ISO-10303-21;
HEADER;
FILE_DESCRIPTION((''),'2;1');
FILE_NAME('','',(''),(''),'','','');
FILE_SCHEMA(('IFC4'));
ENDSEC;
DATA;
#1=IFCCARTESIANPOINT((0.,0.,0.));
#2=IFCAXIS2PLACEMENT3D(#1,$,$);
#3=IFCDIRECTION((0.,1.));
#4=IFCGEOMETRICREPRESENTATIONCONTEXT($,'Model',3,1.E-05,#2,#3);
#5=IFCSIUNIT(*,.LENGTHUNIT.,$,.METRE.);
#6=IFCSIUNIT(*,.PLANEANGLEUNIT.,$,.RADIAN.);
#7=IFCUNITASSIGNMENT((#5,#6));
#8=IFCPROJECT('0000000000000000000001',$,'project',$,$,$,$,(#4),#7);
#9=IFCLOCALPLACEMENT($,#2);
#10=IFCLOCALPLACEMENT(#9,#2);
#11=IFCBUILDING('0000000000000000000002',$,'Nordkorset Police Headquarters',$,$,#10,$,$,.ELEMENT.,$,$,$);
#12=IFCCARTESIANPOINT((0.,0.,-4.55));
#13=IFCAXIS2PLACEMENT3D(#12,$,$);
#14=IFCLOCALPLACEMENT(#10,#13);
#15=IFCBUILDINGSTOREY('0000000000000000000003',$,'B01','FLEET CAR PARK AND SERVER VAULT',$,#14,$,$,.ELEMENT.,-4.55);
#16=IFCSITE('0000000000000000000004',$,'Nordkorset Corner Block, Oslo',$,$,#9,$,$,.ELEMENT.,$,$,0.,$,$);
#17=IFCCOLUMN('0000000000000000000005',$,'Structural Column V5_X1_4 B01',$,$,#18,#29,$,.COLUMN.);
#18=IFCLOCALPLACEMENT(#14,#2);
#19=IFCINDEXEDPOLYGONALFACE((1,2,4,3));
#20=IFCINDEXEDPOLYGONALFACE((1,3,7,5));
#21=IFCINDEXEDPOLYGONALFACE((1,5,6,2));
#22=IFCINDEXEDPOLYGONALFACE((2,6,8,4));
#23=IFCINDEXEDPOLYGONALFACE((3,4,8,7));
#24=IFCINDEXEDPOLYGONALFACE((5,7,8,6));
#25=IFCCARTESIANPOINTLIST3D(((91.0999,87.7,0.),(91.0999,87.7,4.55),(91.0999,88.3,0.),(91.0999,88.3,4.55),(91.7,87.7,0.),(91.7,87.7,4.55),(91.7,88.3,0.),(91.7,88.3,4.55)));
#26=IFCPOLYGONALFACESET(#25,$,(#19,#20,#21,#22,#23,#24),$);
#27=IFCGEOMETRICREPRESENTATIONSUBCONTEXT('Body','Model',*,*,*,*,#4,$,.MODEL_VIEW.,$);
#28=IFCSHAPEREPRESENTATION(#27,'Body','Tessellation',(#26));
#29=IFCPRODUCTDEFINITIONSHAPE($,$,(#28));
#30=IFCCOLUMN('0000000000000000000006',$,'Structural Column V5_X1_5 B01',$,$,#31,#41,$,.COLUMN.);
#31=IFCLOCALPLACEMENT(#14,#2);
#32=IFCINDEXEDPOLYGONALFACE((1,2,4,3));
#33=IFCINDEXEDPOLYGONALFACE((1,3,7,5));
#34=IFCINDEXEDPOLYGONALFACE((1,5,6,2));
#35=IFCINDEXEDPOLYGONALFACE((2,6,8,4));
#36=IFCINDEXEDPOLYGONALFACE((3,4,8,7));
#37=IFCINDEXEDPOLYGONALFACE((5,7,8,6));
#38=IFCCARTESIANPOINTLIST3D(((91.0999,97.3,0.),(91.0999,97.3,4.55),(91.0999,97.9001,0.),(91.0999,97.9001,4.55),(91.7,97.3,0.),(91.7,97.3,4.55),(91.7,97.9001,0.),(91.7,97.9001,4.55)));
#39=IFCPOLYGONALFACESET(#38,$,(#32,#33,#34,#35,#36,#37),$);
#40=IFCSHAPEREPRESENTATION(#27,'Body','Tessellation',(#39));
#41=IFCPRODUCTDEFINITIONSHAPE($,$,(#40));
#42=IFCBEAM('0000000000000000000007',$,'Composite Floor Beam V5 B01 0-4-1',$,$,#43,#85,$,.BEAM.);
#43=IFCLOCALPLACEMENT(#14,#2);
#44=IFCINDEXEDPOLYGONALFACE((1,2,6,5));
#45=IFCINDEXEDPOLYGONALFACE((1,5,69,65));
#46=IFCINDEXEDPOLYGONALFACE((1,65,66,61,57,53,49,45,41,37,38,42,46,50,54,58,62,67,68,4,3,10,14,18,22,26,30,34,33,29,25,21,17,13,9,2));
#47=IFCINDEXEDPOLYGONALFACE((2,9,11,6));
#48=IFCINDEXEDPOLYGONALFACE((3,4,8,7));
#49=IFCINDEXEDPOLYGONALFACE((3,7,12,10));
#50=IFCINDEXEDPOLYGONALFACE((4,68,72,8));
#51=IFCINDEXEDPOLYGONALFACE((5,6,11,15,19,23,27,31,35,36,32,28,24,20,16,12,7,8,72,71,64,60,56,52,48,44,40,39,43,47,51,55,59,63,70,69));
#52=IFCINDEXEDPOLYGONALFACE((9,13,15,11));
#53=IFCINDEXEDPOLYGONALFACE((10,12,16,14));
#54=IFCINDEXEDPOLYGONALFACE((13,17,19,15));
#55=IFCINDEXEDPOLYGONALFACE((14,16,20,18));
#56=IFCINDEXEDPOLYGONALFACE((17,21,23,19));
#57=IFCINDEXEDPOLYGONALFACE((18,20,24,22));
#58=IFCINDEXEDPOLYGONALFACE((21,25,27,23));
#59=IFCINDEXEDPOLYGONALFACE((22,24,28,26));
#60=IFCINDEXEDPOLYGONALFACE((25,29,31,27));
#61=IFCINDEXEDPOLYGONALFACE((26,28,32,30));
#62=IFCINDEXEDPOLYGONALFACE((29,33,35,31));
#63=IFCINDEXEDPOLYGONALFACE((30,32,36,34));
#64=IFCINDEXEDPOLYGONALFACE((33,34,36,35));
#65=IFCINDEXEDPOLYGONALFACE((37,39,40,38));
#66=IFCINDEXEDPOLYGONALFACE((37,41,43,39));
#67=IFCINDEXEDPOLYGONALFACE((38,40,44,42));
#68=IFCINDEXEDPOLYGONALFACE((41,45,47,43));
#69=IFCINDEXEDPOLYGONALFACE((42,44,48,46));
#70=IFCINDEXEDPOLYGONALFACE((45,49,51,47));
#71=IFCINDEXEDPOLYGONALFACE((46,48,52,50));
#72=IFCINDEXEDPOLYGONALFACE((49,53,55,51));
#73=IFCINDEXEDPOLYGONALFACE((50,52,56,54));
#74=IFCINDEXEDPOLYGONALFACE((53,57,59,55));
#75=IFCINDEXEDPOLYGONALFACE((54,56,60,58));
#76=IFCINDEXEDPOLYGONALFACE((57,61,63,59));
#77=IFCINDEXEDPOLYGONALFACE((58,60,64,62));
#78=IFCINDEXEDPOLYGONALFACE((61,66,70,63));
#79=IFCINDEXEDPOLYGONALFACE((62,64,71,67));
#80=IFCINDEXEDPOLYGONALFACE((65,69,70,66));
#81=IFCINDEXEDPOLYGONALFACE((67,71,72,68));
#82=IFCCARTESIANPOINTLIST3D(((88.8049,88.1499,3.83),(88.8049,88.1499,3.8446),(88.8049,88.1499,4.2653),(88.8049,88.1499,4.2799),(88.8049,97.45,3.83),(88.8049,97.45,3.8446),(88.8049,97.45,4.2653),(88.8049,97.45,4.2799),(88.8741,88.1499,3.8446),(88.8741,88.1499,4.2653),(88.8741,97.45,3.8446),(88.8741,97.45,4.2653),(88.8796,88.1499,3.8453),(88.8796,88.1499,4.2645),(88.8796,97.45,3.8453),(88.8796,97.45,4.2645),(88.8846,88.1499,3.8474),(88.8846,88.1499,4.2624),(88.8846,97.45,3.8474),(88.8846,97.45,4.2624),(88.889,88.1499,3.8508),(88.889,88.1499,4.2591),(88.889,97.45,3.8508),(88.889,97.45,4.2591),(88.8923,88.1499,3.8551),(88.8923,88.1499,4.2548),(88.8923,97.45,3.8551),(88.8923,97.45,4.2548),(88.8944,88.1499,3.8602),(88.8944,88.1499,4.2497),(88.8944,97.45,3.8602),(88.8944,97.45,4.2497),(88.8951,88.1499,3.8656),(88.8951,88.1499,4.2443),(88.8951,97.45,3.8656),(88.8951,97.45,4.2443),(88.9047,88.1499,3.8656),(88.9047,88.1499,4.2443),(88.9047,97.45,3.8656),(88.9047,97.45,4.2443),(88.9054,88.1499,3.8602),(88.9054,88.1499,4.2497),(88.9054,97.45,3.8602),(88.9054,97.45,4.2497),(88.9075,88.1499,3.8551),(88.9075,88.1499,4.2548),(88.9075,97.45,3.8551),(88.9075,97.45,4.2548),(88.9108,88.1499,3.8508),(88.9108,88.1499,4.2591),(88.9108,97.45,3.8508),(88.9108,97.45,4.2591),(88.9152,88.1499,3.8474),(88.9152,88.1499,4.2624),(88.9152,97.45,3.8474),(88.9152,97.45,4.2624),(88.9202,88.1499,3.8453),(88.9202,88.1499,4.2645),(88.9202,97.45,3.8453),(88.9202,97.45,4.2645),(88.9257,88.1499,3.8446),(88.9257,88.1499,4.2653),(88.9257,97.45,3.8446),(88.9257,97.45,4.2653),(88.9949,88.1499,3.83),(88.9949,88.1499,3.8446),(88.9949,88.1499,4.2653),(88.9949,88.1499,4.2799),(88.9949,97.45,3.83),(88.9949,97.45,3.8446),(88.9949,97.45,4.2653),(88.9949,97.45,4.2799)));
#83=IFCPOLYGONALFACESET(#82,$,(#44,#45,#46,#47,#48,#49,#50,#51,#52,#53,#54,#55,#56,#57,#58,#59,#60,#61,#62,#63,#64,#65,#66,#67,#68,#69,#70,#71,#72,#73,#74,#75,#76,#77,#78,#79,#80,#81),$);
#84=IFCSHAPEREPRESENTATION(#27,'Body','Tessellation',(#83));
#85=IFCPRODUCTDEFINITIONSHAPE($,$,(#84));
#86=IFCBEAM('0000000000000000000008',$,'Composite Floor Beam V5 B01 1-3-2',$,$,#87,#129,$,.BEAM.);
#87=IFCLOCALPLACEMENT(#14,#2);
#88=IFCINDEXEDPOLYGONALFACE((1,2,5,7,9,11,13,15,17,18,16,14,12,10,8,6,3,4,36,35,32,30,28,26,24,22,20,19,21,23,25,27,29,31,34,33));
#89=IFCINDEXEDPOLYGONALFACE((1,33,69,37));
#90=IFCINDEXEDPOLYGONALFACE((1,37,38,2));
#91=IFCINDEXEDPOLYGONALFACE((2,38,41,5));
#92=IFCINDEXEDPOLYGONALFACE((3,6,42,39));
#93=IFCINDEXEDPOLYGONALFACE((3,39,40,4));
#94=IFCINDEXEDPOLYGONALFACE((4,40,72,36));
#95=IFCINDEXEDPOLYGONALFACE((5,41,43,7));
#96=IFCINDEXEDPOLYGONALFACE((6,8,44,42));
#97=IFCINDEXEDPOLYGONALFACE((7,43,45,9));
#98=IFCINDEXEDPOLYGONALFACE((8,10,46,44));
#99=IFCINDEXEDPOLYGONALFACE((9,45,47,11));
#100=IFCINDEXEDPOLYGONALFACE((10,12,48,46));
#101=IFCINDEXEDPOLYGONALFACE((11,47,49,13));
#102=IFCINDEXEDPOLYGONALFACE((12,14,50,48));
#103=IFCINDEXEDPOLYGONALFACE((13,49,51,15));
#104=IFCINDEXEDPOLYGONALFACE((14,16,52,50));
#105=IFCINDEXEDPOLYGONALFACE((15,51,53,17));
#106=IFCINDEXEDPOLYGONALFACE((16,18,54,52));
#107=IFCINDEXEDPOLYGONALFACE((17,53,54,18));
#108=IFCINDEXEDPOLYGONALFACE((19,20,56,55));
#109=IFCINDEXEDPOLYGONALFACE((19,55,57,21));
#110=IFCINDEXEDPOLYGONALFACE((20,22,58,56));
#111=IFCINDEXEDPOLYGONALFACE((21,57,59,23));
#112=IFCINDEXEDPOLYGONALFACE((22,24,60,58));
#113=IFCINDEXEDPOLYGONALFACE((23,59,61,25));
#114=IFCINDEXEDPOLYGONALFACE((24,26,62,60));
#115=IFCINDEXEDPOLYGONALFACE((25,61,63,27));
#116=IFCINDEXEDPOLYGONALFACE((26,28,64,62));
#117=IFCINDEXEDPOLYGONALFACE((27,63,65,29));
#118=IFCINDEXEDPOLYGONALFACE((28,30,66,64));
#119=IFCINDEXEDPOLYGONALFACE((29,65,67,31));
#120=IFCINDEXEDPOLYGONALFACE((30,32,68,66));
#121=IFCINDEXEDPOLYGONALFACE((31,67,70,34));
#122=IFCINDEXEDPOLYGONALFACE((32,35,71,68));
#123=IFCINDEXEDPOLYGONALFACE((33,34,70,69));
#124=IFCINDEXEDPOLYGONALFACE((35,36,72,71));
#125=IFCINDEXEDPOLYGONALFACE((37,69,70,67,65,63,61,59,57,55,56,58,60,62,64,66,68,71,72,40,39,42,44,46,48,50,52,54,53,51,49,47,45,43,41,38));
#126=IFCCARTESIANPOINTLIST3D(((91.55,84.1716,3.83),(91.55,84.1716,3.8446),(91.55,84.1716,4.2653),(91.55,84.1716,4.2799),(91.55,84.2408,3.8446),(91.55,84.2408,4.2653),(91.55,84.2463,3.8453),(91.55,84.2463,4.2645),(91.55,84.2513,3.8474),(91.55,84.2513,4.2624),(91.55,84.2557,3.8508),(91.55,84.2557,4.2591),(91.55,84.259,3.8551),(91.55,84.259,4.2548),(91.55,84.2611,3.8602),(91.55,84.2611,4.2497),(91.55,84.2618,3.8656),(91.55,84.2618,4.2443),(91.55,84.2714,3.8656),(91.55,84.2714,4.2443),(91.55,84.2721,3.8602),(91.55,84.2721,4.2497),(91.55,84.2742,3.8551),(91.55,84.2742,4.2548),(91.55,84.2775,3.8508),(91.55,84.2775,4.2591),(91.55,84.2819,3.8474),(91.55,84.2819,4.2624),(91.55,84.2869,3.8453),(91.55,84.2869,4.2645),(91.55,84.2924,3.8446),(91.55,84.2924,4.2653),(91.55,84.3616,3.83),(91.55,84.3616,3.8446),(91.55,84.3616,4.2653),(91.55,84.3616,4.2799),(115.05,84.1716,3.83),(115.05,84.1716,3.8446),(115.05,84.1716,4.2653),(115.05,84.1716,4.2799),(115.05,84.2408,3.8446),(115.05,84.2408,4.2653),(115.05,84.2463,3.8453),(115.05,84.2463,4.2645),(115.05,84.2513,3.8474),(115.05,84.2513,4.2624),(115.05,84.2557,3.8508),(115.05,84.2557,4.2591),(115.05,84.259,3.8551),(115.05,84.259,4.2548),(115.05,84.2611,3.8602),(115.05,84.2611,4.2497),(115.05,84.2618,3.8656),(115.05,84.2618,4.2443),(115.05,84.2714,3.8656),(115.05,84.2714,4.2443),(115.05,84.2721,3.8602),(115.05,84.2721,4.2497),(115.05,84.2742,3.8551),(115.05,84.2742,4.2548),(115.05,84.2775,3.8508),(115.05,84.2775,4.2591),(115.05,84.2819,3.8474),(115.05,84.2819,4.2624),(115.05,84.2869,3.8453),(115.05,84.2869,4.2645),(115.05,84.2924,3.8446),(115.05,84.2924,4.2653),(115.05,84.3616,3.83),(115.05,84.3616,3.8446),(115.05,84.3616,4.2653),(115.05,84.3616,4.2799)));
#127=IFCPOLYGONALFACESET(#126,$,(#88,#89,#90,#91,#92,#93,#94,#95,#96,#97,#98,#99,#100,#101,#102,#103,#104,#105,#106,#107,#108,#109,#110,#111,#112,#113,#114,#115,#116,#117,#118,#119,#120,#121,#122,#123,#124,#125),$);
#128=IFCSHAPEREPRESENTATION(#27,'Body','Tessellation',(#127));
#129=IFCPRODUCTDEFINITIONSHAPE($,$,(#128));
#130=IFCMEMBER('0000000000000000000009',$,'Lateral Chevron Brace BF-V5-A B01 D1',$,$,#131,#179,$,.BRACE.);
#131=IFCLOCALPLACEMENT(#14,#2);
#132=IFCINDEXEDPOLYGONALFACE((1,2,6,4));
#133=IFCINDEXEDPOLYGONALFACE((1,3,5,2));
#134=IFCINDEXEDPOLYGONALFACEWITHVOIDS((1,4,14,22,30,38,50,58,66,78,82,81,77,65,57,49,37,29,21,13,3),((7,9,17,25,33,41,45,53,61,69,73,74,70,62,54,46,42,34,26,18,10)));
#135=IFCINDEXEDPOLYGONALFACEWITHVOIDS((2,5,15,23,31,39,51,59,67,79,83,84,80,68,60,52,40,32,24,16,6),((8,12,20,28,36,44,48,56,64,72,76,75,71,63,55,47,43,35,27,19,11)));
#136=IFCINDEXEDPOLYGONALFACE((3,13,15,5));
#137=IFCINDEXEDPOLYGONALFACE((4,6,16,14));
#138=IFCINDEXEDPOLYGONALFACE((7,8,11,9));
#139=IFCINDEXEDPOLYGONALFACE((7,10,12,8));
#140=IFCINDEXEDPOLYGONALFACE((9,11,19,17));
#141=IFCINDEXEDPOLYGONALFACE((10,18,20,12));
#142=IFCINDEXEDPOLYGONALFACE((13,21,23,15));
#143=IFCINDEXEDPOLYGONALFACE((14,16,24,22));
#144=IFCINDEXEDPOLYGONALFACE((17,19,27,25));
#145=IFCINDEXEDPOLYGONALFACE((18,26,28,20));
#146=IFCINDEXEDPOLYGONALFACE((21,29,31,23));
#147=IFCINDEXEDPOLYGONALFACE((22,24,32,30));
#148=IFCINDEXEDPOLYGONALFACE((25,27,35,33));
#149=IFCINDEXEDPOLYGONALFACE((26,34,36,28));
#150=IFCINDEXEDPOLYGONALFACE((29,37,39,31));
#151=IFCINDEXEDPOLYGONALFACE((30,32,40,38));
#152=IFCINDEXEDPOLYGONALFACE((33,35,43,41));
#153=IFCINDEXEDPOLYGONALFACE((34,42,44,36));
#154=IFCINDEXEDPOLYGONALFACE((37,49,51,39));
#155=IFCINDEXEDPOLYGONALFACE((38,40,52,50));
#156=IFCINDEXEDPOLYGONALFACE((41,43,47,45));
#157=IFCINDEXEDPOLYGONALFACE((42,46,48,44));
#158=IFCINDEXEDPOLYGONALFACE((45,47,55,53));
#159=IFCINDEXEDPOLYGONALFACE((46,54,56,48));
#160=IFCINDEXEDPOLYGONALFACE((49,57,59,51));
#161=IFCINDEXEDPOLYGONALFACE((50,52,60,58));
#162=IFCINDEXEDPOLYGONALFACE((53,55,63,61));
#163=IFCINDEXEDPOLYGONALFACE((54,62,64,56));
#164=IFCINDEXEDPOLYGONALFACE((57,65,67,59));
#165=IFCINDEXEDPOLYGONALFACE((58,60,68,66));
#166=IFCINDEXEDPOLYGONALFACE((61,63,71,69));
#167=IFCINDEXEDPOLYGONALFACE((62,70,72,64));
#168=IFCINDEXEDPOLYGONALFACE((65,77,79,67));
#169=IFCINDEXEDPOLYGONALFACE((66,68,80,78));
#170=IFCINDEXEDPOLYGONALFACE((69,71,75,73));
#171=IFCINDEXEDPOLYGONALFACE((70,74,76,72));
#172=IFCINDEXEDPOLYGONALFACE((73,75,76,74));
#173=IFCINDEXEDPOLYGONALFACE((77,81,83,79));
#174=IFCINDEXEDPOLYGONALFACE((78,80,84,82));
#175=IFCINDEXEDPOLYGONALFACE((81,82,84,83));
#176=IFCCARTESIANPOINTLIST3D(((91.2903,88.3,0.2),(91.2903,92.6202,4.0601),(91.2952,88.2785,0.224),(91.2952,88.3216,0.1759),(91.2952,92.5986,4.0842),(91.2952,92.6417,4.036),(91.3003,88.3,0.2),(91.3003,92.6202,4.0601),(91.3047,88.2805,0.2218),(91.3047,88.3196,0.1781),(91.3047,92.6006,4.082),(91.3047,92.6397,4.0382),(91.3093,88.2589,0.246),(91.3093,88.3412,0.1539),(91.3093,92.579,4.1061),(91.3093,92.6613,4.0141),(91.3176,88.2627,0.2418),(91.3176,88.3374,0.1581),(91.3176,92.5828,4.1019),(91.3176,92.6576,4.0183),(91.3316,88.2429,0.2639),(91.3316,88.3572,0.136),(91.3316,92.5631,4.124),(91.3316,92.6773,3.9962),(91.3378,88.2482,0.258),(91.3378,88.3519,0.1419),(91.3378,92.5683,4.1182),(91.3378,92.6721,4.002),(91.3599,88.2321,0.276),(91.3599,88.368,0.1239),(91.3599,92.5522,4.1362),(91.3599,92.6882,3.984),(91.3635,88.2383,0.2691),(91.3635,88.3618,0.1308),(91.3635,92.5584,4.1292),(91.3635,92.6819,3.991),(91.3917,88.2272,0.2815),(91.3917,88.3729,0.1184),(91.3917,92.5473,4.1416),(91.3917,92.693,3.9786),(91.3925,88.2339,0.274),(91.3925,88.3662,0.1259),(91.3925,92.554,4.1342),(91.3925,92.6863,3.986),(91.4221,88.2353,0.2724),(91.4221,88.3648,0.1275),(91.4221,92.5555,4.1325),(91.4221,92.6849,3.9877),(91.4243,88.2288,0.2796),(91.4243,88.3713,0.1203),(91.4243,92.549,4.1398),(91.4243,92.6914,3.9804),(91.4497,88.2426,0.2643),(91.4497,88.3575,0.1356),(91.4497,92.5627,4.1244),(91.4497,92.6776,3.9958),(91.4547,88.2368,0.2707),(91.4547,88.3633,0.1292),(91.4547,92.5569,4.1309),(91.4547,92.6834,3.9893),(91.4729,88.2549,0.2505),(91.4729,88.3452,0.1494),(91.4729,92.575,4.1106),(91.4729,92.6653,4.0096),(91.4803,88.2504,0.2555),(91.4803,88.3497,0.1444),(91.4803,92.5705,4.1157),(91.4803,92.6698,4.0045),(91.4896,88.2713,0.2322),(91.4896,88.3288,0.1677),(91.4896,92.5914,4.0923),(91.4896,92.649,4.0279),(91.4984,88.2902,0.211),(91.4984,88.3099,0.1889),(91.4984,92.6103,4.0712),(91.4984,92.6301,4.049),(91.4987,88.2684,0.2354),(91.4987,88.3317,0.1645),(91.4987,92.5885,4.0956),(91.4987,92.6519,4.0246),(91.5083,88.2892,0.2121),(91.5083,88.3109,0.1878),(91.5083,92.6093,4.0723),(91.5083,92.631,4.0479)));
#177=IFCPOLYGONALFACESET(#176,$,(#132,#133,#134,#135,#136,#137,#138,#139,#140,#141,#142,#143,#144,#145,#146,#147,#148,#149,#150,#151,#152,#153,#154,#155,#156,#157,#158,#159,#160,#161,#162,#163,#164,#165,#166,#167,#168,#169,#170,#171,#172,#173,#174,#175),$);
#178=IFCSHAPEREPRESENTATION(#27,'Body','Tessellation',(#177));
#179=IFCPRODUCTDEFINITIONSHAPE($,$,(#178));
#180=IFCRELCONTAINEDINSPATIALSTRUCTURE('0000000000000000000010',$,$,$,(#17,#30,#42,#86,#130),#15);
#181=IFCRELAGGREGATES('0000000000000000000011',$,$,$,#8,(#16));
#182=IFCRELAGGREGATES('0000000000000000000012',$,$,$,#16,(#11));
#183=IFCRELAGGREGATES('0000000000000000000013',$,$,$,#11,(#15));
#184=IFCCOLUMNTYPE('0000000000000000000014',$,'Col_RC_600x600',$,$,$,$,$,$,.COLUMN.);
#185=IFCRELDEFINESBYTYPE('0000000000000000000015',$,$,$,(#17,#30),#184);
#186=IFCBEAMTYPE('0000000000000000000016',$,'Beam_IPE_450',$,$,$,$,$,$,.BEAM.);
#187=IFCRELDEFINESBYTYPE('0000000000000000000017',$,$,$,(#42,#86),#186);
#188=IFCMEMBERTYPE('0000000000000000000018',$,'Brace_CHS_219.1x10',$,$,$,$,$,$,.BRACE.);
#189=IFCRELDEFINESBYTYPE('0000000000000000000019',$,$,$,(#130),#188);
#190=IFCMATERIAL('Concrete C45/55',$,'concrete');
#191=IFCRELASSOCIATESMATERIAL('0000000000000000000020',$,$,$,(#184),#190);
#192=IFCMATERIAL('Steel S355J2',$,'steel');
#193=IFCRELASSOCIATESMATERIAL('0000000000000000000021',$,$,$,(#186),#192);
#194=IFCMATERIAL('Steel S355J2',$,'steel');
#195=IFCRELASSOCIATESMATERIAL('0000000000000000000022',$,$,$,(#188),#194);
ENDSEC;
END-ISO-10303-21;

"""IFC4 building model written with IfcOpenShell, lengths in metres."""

from ifc_helpers import new_model, si_unit, direction, frame, origin, origin_2d, place, context, subcontext, project, spatial, rectangle, hollow_circle, i_section, extrude, material, material_profile, profile_set, type_object, element, save


model = new_model("IFC4")

# Units and contexts
model_context = context("Model", 3, precision=1e-05, world=origin(), true_north=direction((0.0, 1.0)))
body_context = subcontext(model_context, "Body", "Model", "MODEL_VIEW")
ifc_project = project(units=[si_unit("LENGTHUNIT", "METRE"), si_unit("PLANEANGLEUNIT", "RADIAN")], contexts=[model_context])

# Site, building, storey
site_placement = place(None, origin())
site = spatial("IfcSite", under=ifc_project, at=site_placement, Name="Nordkorset Corner Block, Oslo", CompositionType="ELEMENT", RefElevation=0.0)
building_placement = place(site_placement, origin())
building = spatial("IfcBuilding", under=site, at=building_placement, Name="Nordkorset Police Headquarters", CompositionType="ELEMENT")
storey_placement = place(building_placement, frame((0.0, 0.0, -4.55)))
storey = spatial("IfcBuildingStorey", under=building, at=storey_placement, Name="B01", Description="FLEET CAR PARK AND SERVER VAULT", CompositionType="ELEMENT", Elevation=-4.55)

# Columns
ifc_material_1 = material(Name="Concrete C45/55", Category="concrete")
ifc_material_profile_1 = material_profile(ifc_material_1, rectangle(XDim=0.6001, YDim=0.6001, at=origin_2d()), Name="RC 600x600")
ifc_profile_set_1 = profile_set([ifc_material_profile_1], Name="Concrete C45/55")
column_type = type_object("IfcColumnType", Name="Col_RC_600x600", PredefinedType="COLUMN", material=ifc_profile_set_1)
for number, where, z_axis, x_axis, name in (
    (1, (91.3999, 88.0, 0.0), (0.0, 0.0, 1.0), (1.0, 0.0, 0.0), "Structural Column V5_X1_4 B01"),
    (2, (91.3999, 97.6001, 0.0), (0.0, 0.0, 1.0), (1.0, 0.0, 0.0), "Structural Column V5_X1_5 B01"),
):
    element("IfcColumn", number, at=place(storey_placement, frame(where, z_axis=z_axis, x_axis=x_axis)), inside=storey, type_object=column_type, Name=name, PredefinedType="COLUMN", context=body_context, shape_type="SweptSolid", body=[
        extrude(rectangle(XDim=0.6001, YDim=0.6001, at=origin_2d()), origin(), (0.0, 0.0, 1.0), 4.55),
    ])

# Beams
ifc_material_2 = material(Name="Steel S355J2", Category="steel")
ifc_material_profile_2 = material_profile(ifc_material_2, i_section(OverallWidth=0.1899, OverallDepth=0.45, WebThickness=0.0095, FlangeThickness=0.0146, FilletRadius=0.021, at=origin_2d()), Name="IPE 450")
ifc_profile_set_2 = profile_set([ifc_material_profile_2], Name="Steel S355J2")
beam_type_1 = type_object("IfcBeamType", Name="Beam_IPE_450", PredefinedType="BEAM", material=ifc_profile_set_2)
beam_1_placement = place(storey_placement, frame((88.8999, 88.1499, 4.0549), z_axis=(0.0, 1.0, 0.0), x_axis=(-1.0, 0.0, 0.0)))
element("IfcBeam", 3, at=beam_1_placement, inside=storey, type_object=beam_type_1, Name="Composite Floor Beam V5 B01 0-4-1", PredefinedType="BEAM", context=body_context, shape_type="SweptSolid", body=[
    extrude(i_section(OverallWidth=0.1899, OverallDepth=0.45, WebThickness=0.0095, FlangeThickness=0.0146, FilletRadius=0.021, at=origin_2d()), origin(), (0.0, 0.0, 1.0), 9.3),
])
beam_2_placement = place(storey_placement, frame((91.55, 84.2666, 4.0549), z_axis=(1.0, 0.0, 0.0), x_axis=(0.0, 1.0, 0.0)))
element("IfcBeam", 4, at=beam_2_placement, inside=storey, type_object=beam_type_1, Name="Composite Floor Beam V5 B01 1-3-2", PredefinedType="BEAM", context=body_context, shape_type="SweptSolid", body=[
    extrude(i_section(OverallWidth=0.1899, OverallDepth=0.45, WebThickness=0.0095, FlangeThickness=0.0146, FilletRadius=0.021, at=origin_2d()), origin(), (0.0, 0.0, 1.0), 23.5),
])

# Member
ifc_material_3 = material(Name="Steel S355J2", Category="steel")
ifc_material_profile_3 = material_profile(ifc_material_3, hollow_circle(Radius=0.1096, WallThickness=0.01, at=origin_2d()), Name="CHS 219.1x10")
ifc_profile_set_3 = profile_set([ifc_material_profile_3], Name="Steel S355J2")
member_type = type_object("IfcMemberType", Name="Brace_CHS_219.1x10", PredefinedType="BRACE", material=ifc_profile_set_3)
for number, where, z_axis, x_axis, name in (
    (5, (91.3999, 88.3, 0.2), (0.0, 0.745689, 0.666295), (-1.0, 0.0, 0.0), "Lateral Chevron Brace BF-V5-A B01 D1"),
):
    element("IfcMember", number, at=place(storey_placement, frame(where, z_axis=z_axis, x_axis=x_axis)), inside=storey, type_object=member_type, Name=name, PredefinedType="BRACE", context=body_context, shape_type="SweptSolid", body=[
        extrude(hollow_circle(Radius=0.1096, WallThickness=0.01, at=origin_2d()), origin(), (0.0, 0.0, 1.0), 5.7935),
    ])

save(model, "model.ifc")
